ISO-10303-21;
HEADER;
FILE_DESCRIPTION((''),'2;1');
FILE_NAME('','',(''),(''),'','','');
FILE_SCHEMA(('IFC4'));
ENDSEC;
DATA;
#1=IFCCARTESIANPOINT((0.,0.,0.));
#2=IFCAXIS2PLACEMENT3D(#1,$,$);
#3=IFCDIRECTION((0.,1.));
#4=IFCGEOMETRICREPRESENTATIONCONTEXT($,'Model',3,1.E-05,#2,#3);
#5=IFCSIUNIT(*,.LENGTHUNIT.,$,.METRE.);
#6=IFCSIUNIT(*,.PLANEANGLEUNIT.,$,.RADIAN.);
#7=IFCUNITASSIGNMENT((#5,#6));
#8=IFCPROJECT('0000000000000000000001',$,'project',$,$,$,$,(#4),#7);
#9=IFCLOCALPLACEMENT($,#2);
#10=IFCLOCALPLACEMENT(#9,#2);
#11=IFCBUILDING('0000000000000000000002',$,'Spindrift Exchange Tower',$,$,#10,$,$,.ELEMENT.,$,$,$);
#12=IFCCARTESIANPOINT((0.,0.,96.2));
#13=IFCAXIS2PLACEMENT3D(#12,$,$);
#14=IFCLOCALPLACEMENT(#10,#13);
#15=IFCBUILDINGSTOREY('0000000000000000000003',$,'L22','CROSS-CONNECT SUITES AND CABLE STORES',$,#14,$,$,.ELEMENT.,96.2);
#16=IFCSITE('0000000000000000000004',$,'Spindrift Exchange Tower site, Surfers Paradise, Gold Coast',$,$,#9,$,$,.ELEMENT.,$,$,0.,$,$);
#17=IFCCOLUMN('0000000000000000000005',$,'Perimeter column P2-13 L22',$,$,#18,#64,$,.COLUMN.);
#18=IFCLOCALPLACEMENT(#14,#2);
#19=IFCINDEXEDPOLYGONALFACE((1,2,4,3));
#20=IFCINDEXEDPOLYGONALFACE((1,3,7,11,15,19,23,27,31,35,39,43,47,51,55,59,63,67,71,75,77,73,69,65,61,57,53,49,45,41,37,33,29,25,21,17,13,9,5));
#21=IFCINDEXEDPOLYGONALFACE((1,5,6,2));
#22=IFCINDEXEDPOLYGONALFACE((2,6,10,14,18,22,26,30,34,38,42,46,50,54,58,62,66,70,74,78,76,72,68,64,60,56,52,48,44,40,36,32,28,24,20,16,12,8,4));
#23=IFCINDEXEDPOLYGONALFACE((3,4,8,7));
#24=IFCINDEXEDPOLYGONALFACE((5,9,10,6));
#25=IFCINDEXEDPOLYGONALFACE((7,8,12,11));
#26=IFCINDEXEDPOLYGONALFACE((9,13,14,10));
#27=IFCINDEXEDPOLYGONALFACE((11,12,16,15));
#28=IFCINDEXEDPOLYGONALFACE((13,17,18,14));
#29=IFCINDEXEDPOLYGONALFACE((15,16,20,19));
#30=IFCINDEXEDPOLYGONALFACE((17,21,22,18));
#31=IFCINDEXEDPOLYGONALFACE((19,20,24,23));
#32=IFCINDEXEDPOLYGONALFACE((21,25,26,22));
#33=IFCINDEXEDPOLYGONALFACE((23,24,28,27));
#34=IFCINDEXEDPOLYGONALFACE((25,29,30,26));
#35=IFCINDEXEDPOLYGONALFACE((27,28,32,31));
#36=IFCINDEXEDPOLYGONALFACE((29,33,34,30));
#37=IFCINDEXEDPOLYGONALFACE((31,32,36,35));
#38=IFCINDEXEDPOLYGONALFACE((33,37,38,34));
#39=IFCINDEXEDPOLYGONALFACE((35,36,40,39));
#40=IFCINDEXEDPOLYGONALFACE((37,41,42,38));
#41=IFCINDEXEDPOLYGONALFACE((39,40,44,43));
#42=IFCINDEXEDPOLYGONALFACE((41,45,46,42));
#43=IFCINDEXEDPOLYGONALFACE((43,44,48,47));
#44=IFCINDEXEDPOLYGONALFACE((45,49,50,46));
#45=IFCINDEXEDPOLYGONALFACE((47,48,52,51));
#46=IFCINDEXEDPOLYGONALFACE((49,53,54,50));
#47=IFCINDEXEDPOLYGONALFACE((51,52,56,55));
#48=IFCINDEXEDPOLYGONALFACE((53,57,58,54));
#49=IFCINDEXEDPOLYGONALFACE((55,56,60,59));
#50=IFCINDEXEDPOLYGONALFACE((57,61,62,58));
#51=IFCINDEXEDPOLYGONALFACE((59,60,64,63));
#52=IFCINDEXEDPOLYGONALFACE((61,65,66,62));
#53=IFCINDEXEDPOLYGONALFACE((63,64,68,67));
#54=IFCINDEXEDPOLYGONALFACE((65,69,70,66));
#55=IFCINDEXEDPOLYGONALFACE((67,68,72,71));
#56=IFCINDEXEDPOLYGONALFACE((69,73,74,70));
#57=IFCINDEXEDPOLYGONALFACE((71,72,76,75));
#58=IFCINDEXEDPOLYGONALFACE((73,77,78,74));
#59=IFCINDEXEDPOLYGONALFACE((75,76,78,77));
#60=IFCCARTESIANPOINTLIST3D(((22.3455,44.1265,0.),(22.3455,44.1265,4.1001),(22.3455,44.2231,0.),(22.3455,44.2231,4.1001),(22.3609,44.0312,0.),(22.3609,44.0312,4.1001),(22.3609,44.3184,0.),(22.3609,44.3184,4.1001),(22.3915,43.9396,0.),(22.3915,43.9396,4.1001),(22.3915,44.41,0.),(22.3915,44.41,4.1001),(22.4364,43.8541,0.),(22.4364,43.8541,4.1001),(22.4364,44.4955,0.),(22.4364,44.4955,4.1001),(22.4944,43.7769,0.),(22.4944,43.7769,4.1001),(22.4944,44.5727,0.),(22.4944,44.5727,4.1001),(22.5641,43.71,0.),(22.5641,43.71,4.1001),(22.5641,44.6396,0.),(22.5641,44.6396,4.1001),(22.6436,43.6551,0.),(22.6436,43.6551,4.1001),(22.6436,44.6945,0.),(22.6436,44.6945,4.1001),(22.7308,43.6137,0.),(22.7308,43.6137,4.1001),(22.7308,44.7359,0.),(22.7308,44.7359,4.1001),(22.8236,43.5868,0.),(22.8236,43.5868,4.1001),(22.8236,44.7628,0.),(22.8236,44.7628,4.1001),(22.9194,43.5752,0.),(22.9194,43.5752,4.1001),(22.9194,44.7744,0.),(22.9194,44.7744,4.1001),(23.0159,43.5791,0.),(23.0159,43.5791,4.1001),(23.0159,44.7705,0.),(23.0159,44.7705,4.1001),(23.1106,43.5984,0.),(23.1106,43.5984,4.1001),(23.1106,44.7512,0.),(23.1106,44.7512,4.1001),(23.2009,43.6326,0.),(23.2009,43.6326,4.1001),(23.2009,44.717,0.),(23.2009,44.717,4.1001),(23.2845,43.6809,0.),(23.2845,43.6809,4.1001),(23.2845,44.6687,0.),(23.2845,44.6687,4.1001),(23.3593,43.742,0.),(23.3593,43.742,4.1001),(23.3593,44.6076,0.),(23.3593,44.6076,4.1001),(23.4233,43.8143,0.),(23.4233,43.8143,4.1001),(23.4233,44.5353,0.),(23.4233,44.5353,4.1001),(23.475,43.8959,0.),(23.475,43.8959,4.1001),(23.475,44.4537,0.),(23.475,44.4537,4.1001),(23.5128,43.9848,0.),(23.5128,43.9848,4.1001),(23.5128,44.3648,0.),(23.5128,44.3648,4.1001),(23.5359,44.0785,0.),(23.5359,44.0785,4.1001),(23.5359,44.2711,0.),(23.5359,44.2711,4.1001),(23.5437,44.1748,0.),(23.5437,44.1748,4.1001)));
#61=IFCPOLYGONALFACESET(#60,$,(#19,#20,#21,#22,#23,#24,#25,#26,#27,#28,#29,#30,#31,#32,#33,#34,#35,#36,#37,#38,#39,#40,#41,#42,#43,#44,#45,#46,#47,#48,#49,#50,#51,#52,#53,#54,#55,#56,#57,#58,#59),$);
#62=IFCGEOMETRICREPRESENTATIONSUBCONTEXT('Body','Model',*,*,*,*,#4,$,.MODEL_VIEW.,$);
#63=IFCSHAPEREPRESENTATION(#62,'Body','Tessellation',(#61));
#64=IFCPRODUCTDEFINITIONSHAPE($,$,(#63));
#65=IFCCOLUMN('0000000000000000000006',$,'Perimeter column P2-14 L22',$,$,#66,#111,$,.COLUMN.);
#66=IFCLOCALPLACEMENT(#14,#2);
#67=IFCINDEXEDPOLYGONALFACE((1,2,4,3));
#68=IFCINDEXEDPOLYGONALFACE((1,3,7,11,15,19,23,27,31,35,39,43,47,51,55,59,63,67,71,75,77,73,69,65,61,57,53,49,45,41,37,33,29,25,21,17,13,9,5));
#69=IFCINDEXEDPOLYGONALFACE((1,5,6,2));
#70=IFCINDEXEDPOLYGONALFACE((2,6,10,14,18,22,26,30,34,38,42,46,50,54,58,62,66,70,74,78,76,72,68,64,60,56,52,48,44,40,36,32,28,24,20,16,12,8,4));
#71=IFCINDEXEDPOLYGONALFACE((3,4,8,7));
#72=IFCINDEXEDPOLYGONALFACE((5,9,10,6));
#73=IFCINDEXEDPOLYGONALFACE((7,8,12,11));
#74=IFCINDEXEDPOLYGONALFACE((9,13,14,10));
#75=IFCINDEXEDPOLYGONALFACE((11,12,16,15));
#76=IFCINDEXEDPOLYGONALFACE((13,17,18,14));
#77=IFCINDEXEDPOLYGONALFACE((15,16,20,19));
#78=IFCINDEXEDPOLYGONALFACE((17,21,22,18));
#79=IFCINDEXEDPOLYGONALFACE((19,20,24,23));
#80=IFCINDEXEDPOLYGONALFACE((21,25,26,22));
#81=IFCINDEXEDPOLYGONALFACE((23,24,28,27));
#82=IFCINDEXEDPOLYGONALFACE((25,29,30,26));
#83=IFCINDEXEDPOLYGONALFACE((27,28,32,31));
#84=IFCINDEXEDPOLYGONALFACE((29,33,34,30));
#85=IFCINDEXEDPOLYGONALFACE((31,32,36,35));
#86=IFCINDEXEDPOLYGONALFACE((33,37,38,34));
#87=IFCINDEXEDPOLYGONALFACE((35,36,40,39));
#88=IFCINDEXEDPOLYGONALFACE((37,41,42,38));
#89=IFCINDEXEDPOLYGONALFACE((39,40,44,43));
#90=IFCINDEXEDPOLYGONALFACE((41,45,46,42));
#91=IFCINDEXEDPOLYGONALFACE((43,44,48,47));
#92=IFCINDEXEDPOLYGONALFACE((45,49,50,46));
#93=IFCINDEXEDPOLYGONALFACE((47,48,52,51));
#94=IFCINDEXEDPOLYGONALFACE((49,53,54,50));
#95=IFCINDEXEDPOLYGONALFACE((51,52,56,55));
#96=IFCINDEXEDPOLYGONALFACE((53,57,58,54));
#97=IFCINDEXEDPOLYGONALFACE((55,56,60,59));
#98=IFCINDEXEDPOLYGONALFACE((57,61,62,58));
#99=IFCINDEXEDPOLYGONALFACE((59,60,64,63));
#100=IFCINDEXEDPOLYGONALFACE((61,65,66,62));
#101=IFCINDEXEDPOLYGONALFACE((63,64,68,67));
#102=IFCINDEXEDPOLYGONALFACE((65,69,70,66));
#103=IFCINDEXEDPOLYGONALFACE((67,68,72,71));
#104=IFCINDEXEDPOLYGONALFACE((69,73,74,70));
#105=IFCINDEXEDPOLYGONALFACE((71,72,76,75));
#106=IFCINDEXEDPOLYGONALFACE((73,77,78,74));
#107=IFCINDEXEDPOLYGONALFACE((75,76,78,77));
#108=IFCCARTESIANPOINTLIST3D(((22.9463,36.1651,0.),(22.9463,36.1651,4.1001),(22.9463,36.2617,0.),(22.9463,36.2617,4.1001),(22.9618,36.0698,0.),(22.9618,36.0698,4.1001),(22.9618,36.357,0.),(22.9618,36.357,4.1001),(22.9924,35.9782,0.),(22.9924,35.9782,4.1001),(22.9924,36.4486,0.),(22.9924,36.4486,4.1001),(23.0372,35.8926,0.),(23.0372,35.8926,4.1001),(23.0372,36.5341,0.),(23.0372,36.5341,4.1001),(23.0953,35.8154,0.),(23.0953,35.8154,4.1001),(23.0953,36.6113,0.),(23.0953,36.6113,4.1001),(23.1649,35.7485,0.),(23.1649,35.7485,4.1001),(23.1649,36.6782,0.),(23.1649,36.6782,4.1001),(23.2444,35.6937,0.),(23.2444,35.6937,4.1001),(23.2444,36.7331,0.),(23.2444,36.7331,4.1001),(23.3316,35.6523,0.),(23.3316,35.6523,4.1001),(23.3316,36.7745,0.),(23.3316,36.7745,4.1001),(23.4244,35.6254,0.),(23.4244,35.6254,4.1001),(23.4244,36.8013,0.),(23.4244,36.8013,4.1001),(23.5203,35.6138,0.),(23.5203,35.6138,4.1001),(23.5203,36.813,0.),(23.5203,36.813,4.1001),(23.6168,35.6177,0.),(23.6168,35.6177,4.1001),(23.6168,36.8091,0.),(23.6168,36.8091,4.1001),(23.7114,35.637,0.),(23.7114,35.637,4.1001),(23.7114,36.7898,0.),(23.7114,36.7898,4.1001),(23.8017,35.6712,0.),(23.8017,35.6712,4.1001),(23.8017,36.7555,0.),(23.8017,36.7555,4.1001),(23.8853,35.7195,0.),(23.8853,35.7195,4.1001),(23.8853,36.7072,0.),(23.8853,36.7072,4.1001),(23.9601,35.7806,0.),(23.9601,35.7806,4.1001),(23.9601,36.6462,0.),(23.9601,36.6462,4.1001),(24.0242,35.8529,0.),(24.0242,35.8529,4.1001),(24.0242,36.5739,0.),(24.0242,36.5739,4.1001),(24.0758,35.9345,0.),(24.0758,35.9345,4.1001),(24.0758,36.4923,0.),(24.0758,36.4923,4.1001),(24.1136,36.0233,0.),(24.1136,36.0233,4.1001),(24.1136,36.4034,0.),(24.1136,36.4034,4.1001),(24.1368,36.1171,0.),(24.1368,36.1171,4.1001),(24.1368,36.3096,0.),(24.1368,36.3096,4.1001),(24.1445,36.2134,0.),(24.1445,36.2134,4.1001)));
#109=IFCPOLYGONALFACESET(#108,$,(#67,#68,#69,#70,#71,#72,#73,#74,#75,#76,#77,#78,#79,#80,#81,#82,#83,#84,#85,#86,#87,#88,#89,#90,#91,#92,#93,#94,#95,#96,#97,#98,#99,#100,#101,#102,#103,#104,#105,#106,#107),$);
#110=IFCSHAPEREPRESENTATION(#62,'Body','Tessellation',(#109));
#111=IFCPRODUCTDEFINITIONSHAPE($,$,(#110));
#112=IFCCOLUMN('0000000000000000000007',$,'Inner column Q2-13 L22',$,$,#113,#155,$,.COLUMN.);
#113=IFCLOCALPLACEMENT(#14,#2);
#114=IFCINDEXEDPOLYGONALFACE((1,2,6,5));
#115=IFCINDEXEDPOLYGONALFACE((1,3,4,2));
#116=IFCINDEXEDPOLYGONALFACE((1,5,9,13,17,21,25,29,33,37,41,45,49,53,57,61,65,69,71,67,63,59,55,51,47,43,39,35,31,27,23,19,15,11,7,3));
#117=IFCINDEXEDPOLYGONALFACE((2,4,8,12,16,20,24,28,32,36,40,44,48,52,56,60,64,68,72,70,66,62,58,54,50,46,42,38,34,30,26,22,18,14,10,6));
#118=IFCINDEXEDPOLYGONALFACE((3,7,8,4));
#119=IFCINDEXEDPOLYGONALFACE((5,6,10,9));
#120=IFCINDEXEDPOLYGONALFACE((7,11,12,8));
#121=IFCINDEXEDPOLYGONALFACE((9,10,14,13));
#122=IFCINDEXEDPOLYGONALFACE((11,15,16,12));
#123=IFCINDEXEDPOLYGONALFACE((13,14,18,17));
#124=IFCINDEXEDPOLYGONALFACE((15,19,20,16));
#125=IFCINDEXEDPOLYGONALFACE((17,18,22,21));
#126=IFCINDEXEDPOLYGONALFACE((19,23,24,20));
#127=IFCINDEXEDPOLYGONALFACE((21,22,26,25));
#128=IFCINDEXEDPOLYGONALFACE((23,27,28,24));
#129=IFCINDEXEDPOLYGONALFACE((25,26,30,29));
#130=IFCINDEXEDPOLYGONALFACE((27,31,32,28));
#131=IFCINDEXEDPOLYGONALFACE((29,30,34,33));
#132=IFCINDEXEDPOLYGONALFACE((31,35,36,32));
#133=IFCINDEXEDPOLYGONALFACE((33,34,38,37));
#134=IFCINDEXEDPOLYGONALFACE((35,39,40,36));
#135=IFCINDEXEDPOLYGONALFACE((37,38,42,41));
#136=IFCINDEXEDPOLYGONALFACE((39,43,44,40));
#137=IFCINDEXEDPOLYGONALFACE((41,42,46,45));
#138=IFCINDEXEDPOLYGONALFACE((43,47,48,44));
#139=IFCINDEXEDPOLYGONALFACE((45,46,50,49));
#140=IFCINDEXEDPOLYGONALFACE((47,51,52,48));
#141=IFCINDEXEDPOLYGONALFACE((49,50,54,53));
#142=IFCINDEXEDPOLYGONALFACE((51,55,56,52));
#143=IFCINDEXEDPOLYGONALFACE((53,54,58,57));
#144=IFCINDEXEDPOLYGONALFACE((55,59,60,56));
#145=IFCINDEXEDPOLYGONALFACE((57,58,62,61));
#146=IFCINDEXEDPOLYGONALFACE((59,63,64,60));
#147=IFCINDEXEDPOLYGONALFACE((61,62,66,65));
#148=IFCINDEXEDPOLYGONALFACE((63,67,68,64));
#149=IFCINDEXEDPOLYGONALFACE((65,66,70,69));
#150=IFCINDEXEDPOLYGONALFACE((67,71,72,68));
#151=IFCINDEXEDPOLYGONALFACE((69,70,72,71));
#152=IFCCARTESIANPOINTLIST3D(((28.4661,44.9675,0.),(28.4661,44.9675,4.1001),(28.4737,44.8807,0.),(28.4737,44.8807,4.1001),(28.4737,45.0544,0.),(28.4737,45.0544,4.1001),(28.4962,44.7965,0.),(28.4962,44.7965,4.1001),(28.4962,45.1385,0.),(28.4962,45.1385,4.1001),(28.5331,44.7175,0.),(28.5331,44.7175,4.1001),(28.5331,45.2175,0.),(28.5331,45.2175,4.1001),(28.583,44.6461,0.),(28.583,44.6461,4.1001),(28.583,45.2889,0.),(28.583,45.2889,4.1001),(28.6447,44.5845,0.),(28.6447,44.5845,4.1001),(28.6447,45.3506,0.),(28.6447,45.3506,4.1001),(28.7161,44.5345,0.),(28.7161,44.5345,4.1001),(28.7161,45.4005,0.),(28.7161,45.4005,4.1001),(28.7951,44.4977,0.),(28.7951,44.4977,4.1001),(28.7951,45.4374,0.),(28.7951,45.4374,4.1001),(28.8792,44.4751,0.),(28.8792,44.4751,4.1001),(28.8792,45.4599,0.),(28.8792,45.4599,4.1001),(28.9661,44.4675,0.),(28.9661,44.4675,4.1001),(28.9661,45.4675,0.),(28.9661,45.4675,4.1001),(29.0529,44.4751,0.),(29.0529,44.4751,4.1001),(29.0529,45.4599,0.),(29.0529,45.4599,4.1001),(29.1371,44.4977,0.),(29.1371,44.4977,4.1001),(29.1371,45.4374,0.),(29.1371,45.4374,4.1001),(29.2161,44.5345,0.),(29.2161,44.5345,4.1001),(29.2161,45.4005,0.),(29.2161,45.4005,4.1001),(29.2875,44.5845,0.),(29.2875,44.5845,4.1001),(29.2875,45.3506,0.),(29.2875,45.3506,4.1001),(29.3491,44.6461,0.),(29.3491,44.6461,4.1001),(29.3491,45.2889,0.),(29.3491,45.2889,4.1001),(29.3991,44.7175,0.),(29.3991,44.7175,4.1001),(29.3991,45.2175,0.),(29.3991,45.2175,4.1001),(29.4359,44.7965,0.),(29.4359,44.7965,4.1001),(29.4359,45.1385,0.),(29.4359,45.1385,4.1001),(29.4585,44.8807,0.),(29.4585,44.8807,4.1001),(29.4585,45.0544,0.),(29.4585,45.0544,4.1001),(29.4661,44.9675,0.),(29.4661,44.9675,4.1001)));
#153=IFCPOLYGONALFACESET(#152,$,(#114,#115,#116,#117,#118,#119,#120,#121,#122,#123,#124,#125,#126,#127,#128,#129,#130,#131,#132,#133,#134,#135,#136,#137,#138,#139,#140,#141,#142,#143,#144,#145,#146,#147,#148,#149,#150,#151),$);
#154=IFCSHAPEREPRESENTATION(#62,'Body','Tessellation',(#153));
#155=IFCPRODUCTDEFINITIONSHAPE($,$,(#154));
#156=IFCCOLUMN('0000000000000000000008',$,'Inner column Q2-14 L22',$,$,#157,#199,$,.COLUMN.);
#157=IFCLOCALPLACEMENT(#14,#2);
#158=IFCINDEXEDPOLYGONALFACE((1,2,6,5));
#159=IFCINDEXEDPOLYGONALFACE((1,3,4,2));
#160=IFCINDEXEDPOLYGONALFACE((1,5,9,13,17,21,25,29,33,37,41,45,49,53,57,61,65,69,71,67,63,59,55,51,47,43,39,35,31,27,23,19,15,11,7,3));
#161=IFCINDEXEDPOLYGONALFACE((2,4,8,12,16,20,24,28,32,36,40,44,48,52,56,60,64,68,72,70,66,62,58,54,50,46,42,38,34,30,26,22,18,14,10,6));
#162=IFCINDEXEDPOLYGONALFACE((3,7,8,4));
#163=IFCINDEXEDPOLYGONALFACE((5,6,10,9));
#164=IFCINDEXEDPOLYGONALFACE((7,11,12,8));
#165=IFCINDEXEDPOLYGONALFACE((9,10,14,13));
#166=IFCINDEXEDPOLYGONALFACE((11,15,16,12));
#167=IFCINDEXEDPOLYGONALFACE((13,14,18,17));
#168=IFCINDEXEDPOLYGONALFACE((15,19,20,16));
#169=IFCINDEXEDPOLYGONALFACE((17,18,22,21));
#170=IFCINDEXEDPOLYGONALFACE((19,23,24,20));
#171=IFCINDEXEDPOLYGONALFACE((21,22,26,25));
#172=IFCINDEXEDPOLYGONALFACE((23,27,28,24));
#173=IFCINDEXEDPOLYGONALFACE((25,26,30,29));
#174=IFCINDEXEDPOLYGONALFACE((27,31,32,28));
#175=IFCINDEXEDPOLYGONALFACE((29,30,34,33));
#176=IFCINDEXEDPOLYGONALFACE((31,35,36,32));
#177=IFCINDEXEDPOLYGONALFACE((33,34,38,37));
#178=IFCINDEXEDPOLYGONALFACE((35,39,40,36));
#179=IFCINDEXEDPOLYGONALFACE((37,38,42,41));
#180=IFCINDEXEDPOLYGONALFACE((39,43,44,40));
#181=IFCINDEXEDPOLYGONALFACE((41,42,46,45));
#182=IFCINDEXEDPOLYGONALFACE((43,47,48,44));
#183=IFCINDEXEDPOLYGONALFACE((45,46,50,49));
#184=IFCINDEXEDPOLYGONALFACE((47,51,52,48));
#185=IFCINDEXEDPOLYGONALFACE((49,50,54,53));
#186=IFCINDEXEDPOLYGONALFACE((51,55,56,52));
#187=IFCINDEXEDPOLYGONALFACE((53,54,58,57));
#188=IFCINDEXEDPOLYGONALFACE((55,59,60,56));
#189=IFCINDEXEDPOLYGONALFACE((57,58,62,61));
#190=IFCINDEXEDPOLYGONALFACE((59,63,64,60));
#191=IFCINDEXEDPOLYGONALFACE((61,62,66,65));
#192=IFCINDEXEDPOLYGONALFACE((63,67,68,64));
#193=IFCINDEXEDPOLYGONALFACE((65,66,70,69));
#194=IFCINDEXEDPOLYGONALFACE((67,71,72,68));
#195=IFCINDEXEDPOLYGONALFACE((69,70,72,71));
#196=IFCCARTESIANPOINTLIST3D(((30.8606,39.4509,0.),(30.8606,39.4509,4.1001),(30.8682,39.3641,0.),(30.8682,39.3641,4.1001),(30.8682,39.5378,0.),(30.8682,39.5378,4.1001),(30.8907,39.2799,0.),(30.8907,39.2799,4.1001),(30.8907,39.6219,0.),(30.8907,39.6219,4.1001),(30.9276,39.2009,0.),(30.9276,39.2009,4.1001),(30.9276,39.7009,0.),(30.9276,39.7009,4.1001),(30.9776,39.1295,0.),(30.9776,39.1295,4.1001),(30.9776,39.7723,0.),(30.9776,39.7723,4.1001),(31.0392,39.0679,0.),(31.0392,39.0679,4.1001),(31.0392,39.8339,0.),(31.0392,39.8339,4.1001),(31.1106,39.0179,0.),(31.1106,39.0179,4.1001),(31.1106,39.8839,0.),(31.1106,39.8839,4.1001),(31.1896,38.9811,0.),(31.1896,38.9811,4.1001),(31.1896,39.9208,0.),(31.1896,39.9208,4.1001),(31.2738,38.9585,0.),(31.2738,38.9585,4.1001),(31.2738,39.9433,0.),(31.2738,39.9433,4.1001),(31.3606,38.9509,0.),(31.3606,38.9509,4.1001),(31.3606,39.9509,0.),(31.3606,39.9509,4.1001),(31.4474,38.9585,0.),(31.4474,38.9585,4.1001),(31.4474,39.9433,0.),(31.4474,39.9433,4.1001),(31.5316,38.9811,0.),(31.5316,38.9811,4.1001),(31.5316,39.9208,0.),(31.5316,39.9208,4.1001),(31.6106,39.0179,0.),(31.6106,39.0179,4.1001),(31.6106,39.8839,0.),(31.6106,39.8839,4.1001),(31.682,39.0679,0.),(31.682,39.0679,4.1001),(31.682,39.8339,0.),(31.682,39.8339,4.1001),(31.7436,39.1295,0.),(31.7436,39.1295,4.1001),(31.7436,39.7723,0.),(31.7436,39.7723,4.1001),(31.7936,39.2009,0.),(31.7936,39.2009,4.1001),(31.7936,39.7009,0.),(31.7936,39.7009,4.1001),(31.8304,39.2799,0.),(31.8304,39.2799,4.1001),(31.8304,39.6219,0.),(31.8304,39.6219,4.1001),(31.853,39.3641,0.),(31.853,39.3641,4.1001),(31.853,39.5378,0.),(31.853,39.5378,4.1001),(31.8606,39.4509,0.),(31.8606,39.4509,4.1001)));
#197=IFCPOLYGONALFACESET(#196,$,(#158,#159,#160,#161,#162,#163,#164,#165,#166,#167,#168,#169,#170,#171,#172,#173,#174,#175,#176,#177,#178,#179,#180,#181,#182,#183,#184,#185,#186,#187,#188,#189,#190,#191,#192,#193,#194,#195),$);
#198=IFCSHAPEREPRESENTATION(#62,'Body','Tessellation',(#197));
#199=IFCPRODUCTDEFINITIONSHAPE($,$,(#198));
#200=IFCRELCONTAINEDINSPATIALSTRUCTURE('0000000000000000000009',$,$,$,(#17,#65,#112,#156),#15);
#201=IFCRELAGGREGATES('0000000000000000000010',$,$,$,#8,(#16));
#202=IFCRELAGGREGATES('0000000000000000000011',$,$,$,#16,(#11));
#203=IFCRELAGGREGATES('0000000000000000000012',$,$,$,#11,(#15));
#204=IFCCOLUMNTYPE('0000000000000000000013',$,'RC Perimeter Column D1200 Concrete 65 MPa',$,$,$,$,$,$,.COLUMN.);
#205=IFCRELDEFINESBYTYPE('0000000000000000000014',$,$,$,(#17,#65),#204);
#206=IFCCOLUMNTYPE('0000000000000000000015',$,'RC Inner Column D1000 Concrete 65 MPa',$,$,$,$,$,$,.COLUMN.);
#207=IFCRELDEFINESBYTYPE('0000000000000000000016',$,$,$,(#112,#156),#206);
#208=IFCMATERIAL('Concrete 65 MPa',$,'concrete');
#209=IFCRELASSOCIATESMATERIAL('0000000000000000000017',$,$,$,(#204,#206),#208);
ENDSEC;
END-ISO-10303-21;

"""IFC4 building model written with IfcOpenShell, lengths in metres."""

from ifc_helpers import new_model, si_unit, direction, frame, origin, origin_2d, place, context, subcontext, project, spatial, circle, extrude, source, transform, mapped, material, material_profile, profile_set, type_object, element, save


model = new_model("IFC4")

# Units and contexts
model_context = context("Model", 3, precision=1e-05, world=origin(), true_north=direction((0.0, 1.0)))
body_context = subcontext(model_context, "Body", "Model", "MODEL_VIEW")
ifc_project = project(units=[si_unit("LENGTHUNIT", "METRE"), si_unit("PLANEANGLEUNIT", "RADIAN")], contexts=[model_context])

# Site, building, storey
site_placement = place(None, origin())
site = spatial("IfcSite", under=ifc_project, at=site_placement, Name="Spindrift Exchange Tower site, Surfers Paradise, Gold Coast", CompositionType="ELEMENT", RefElevation=0.0)
building_placement = place(site_placement, origin())
building = spatial("IfcBuilding", under=site, at=building_placement, Name="Spindrift Exchange Tower", CompositionType="ELEMENT")
storey_placement = place(building_placement, frame((0.0, 0.0, 96.2)))
storey = spatial("IfcBuildingStorey", under=building, at=storey_placement, Name="L22", Description="CROSS-CONNECT SUITES AND CABLE STORES", CompositionType="ELEMENT", Elevation=96.2)

# Columns
ifc_material_1 = material(Name="Concrete 65 MPa", Category="concrete")
ifc_material_profile_1 = material_profile(ifc_material_1, circle(Radius=0.6001, at=origin_2d()), Name="RC D1200")
ifc_profile_set_1 = profile_set([ifc_material_profile_1], Name="Concrete 65 MPa")
column_type_1 = type_object("IfcColumnType", Name="RC Perimeter Column D1200 Concrete 65 MPa", PredefinedType="COLUMN", material=ifc_profile_set_1)
shared_shape_1 = source(origin(), body_context, "Body", "SweptSolid", [
    extrude(circle(Radius=0.6001, at=origin_2d()), origin(), (0.0, 0.0, 1.0), 4.1001),
])
for number, where, z_axis, x_axis, name in (
    (1, (22.9436, 44.1748, 0.0), (0.0, 0.0, 1.0), (1.0, 0.0, 0.0), "Perimeter column P2-13 L22"),
    (2, (23.5444, 36.2134, 0.0), (0.0, 0.0, 1.0), (1.0, 0.0, 0.0), "Perimeter column P2-14 L22"),
):
    element("IfcColumn", number, at=place(storey_placement, frame(where, z_axis=z_axis, x_axis=x_axis)), inside=storey, type_object=column_type_1, Name=name, PredefinedType="COLUMN", context=body_context, shape_type="MappedRepresentation", body=[
        mapped(shared_shape_1, transform((0.0, 0.0, 0.0), scale=1.0)),
    ])
ifc_material_profile_2 = material_profile(ifc_material_1, circle(Radius=0.5, at=origin_2d()), Name="RC D1000")
ifc_profile_set_2 = profile_set([ifc_material_profile_2], Name="Concrete 65 MPa")
column_type_2 = type_object("IfcColumnType", Name="RC Inner Column D1000 Concrete 65 MPa", PredefinedType="COLUMN", material=ifc_profile_set_2)
shared_shape_2 = source(origin(), body_context, "Body", "SweptSolid", [
    extrude(circle(Radius=0.5, at=origin_2d()), origin(), (0.0, 0.0, 1.0), 4.1001),
])
for number, where, z_axis, x_axis, name in (
    (3, (28.9661, 44.9675, 0.0), (0.0, 0.0, 1.0), (1.0, 0.0, 0.0), "Inner column Q2-13 L22"),
    (4, (31.3606, 39.4509, 0.0), (0.0, 0.0, 1.0), (1.0, 0.0, 0.0), "Inner column Q2-14 L22"),
):
    element("IfcColumn", number, at=place(storey_placement, frame(where, z_axis=z_axis, x_axis=x_axis)), inside=storey, type_object=column_type_2, Name=name, PredefinedType="COLUMN", context=body_context, shape_type="MappedRepresentation", body=[
        mapped(shared_shape_2, transform((0.0, 0.0, 0.0), scale=1.0)),
    ])

save(model, "model.ifc")
